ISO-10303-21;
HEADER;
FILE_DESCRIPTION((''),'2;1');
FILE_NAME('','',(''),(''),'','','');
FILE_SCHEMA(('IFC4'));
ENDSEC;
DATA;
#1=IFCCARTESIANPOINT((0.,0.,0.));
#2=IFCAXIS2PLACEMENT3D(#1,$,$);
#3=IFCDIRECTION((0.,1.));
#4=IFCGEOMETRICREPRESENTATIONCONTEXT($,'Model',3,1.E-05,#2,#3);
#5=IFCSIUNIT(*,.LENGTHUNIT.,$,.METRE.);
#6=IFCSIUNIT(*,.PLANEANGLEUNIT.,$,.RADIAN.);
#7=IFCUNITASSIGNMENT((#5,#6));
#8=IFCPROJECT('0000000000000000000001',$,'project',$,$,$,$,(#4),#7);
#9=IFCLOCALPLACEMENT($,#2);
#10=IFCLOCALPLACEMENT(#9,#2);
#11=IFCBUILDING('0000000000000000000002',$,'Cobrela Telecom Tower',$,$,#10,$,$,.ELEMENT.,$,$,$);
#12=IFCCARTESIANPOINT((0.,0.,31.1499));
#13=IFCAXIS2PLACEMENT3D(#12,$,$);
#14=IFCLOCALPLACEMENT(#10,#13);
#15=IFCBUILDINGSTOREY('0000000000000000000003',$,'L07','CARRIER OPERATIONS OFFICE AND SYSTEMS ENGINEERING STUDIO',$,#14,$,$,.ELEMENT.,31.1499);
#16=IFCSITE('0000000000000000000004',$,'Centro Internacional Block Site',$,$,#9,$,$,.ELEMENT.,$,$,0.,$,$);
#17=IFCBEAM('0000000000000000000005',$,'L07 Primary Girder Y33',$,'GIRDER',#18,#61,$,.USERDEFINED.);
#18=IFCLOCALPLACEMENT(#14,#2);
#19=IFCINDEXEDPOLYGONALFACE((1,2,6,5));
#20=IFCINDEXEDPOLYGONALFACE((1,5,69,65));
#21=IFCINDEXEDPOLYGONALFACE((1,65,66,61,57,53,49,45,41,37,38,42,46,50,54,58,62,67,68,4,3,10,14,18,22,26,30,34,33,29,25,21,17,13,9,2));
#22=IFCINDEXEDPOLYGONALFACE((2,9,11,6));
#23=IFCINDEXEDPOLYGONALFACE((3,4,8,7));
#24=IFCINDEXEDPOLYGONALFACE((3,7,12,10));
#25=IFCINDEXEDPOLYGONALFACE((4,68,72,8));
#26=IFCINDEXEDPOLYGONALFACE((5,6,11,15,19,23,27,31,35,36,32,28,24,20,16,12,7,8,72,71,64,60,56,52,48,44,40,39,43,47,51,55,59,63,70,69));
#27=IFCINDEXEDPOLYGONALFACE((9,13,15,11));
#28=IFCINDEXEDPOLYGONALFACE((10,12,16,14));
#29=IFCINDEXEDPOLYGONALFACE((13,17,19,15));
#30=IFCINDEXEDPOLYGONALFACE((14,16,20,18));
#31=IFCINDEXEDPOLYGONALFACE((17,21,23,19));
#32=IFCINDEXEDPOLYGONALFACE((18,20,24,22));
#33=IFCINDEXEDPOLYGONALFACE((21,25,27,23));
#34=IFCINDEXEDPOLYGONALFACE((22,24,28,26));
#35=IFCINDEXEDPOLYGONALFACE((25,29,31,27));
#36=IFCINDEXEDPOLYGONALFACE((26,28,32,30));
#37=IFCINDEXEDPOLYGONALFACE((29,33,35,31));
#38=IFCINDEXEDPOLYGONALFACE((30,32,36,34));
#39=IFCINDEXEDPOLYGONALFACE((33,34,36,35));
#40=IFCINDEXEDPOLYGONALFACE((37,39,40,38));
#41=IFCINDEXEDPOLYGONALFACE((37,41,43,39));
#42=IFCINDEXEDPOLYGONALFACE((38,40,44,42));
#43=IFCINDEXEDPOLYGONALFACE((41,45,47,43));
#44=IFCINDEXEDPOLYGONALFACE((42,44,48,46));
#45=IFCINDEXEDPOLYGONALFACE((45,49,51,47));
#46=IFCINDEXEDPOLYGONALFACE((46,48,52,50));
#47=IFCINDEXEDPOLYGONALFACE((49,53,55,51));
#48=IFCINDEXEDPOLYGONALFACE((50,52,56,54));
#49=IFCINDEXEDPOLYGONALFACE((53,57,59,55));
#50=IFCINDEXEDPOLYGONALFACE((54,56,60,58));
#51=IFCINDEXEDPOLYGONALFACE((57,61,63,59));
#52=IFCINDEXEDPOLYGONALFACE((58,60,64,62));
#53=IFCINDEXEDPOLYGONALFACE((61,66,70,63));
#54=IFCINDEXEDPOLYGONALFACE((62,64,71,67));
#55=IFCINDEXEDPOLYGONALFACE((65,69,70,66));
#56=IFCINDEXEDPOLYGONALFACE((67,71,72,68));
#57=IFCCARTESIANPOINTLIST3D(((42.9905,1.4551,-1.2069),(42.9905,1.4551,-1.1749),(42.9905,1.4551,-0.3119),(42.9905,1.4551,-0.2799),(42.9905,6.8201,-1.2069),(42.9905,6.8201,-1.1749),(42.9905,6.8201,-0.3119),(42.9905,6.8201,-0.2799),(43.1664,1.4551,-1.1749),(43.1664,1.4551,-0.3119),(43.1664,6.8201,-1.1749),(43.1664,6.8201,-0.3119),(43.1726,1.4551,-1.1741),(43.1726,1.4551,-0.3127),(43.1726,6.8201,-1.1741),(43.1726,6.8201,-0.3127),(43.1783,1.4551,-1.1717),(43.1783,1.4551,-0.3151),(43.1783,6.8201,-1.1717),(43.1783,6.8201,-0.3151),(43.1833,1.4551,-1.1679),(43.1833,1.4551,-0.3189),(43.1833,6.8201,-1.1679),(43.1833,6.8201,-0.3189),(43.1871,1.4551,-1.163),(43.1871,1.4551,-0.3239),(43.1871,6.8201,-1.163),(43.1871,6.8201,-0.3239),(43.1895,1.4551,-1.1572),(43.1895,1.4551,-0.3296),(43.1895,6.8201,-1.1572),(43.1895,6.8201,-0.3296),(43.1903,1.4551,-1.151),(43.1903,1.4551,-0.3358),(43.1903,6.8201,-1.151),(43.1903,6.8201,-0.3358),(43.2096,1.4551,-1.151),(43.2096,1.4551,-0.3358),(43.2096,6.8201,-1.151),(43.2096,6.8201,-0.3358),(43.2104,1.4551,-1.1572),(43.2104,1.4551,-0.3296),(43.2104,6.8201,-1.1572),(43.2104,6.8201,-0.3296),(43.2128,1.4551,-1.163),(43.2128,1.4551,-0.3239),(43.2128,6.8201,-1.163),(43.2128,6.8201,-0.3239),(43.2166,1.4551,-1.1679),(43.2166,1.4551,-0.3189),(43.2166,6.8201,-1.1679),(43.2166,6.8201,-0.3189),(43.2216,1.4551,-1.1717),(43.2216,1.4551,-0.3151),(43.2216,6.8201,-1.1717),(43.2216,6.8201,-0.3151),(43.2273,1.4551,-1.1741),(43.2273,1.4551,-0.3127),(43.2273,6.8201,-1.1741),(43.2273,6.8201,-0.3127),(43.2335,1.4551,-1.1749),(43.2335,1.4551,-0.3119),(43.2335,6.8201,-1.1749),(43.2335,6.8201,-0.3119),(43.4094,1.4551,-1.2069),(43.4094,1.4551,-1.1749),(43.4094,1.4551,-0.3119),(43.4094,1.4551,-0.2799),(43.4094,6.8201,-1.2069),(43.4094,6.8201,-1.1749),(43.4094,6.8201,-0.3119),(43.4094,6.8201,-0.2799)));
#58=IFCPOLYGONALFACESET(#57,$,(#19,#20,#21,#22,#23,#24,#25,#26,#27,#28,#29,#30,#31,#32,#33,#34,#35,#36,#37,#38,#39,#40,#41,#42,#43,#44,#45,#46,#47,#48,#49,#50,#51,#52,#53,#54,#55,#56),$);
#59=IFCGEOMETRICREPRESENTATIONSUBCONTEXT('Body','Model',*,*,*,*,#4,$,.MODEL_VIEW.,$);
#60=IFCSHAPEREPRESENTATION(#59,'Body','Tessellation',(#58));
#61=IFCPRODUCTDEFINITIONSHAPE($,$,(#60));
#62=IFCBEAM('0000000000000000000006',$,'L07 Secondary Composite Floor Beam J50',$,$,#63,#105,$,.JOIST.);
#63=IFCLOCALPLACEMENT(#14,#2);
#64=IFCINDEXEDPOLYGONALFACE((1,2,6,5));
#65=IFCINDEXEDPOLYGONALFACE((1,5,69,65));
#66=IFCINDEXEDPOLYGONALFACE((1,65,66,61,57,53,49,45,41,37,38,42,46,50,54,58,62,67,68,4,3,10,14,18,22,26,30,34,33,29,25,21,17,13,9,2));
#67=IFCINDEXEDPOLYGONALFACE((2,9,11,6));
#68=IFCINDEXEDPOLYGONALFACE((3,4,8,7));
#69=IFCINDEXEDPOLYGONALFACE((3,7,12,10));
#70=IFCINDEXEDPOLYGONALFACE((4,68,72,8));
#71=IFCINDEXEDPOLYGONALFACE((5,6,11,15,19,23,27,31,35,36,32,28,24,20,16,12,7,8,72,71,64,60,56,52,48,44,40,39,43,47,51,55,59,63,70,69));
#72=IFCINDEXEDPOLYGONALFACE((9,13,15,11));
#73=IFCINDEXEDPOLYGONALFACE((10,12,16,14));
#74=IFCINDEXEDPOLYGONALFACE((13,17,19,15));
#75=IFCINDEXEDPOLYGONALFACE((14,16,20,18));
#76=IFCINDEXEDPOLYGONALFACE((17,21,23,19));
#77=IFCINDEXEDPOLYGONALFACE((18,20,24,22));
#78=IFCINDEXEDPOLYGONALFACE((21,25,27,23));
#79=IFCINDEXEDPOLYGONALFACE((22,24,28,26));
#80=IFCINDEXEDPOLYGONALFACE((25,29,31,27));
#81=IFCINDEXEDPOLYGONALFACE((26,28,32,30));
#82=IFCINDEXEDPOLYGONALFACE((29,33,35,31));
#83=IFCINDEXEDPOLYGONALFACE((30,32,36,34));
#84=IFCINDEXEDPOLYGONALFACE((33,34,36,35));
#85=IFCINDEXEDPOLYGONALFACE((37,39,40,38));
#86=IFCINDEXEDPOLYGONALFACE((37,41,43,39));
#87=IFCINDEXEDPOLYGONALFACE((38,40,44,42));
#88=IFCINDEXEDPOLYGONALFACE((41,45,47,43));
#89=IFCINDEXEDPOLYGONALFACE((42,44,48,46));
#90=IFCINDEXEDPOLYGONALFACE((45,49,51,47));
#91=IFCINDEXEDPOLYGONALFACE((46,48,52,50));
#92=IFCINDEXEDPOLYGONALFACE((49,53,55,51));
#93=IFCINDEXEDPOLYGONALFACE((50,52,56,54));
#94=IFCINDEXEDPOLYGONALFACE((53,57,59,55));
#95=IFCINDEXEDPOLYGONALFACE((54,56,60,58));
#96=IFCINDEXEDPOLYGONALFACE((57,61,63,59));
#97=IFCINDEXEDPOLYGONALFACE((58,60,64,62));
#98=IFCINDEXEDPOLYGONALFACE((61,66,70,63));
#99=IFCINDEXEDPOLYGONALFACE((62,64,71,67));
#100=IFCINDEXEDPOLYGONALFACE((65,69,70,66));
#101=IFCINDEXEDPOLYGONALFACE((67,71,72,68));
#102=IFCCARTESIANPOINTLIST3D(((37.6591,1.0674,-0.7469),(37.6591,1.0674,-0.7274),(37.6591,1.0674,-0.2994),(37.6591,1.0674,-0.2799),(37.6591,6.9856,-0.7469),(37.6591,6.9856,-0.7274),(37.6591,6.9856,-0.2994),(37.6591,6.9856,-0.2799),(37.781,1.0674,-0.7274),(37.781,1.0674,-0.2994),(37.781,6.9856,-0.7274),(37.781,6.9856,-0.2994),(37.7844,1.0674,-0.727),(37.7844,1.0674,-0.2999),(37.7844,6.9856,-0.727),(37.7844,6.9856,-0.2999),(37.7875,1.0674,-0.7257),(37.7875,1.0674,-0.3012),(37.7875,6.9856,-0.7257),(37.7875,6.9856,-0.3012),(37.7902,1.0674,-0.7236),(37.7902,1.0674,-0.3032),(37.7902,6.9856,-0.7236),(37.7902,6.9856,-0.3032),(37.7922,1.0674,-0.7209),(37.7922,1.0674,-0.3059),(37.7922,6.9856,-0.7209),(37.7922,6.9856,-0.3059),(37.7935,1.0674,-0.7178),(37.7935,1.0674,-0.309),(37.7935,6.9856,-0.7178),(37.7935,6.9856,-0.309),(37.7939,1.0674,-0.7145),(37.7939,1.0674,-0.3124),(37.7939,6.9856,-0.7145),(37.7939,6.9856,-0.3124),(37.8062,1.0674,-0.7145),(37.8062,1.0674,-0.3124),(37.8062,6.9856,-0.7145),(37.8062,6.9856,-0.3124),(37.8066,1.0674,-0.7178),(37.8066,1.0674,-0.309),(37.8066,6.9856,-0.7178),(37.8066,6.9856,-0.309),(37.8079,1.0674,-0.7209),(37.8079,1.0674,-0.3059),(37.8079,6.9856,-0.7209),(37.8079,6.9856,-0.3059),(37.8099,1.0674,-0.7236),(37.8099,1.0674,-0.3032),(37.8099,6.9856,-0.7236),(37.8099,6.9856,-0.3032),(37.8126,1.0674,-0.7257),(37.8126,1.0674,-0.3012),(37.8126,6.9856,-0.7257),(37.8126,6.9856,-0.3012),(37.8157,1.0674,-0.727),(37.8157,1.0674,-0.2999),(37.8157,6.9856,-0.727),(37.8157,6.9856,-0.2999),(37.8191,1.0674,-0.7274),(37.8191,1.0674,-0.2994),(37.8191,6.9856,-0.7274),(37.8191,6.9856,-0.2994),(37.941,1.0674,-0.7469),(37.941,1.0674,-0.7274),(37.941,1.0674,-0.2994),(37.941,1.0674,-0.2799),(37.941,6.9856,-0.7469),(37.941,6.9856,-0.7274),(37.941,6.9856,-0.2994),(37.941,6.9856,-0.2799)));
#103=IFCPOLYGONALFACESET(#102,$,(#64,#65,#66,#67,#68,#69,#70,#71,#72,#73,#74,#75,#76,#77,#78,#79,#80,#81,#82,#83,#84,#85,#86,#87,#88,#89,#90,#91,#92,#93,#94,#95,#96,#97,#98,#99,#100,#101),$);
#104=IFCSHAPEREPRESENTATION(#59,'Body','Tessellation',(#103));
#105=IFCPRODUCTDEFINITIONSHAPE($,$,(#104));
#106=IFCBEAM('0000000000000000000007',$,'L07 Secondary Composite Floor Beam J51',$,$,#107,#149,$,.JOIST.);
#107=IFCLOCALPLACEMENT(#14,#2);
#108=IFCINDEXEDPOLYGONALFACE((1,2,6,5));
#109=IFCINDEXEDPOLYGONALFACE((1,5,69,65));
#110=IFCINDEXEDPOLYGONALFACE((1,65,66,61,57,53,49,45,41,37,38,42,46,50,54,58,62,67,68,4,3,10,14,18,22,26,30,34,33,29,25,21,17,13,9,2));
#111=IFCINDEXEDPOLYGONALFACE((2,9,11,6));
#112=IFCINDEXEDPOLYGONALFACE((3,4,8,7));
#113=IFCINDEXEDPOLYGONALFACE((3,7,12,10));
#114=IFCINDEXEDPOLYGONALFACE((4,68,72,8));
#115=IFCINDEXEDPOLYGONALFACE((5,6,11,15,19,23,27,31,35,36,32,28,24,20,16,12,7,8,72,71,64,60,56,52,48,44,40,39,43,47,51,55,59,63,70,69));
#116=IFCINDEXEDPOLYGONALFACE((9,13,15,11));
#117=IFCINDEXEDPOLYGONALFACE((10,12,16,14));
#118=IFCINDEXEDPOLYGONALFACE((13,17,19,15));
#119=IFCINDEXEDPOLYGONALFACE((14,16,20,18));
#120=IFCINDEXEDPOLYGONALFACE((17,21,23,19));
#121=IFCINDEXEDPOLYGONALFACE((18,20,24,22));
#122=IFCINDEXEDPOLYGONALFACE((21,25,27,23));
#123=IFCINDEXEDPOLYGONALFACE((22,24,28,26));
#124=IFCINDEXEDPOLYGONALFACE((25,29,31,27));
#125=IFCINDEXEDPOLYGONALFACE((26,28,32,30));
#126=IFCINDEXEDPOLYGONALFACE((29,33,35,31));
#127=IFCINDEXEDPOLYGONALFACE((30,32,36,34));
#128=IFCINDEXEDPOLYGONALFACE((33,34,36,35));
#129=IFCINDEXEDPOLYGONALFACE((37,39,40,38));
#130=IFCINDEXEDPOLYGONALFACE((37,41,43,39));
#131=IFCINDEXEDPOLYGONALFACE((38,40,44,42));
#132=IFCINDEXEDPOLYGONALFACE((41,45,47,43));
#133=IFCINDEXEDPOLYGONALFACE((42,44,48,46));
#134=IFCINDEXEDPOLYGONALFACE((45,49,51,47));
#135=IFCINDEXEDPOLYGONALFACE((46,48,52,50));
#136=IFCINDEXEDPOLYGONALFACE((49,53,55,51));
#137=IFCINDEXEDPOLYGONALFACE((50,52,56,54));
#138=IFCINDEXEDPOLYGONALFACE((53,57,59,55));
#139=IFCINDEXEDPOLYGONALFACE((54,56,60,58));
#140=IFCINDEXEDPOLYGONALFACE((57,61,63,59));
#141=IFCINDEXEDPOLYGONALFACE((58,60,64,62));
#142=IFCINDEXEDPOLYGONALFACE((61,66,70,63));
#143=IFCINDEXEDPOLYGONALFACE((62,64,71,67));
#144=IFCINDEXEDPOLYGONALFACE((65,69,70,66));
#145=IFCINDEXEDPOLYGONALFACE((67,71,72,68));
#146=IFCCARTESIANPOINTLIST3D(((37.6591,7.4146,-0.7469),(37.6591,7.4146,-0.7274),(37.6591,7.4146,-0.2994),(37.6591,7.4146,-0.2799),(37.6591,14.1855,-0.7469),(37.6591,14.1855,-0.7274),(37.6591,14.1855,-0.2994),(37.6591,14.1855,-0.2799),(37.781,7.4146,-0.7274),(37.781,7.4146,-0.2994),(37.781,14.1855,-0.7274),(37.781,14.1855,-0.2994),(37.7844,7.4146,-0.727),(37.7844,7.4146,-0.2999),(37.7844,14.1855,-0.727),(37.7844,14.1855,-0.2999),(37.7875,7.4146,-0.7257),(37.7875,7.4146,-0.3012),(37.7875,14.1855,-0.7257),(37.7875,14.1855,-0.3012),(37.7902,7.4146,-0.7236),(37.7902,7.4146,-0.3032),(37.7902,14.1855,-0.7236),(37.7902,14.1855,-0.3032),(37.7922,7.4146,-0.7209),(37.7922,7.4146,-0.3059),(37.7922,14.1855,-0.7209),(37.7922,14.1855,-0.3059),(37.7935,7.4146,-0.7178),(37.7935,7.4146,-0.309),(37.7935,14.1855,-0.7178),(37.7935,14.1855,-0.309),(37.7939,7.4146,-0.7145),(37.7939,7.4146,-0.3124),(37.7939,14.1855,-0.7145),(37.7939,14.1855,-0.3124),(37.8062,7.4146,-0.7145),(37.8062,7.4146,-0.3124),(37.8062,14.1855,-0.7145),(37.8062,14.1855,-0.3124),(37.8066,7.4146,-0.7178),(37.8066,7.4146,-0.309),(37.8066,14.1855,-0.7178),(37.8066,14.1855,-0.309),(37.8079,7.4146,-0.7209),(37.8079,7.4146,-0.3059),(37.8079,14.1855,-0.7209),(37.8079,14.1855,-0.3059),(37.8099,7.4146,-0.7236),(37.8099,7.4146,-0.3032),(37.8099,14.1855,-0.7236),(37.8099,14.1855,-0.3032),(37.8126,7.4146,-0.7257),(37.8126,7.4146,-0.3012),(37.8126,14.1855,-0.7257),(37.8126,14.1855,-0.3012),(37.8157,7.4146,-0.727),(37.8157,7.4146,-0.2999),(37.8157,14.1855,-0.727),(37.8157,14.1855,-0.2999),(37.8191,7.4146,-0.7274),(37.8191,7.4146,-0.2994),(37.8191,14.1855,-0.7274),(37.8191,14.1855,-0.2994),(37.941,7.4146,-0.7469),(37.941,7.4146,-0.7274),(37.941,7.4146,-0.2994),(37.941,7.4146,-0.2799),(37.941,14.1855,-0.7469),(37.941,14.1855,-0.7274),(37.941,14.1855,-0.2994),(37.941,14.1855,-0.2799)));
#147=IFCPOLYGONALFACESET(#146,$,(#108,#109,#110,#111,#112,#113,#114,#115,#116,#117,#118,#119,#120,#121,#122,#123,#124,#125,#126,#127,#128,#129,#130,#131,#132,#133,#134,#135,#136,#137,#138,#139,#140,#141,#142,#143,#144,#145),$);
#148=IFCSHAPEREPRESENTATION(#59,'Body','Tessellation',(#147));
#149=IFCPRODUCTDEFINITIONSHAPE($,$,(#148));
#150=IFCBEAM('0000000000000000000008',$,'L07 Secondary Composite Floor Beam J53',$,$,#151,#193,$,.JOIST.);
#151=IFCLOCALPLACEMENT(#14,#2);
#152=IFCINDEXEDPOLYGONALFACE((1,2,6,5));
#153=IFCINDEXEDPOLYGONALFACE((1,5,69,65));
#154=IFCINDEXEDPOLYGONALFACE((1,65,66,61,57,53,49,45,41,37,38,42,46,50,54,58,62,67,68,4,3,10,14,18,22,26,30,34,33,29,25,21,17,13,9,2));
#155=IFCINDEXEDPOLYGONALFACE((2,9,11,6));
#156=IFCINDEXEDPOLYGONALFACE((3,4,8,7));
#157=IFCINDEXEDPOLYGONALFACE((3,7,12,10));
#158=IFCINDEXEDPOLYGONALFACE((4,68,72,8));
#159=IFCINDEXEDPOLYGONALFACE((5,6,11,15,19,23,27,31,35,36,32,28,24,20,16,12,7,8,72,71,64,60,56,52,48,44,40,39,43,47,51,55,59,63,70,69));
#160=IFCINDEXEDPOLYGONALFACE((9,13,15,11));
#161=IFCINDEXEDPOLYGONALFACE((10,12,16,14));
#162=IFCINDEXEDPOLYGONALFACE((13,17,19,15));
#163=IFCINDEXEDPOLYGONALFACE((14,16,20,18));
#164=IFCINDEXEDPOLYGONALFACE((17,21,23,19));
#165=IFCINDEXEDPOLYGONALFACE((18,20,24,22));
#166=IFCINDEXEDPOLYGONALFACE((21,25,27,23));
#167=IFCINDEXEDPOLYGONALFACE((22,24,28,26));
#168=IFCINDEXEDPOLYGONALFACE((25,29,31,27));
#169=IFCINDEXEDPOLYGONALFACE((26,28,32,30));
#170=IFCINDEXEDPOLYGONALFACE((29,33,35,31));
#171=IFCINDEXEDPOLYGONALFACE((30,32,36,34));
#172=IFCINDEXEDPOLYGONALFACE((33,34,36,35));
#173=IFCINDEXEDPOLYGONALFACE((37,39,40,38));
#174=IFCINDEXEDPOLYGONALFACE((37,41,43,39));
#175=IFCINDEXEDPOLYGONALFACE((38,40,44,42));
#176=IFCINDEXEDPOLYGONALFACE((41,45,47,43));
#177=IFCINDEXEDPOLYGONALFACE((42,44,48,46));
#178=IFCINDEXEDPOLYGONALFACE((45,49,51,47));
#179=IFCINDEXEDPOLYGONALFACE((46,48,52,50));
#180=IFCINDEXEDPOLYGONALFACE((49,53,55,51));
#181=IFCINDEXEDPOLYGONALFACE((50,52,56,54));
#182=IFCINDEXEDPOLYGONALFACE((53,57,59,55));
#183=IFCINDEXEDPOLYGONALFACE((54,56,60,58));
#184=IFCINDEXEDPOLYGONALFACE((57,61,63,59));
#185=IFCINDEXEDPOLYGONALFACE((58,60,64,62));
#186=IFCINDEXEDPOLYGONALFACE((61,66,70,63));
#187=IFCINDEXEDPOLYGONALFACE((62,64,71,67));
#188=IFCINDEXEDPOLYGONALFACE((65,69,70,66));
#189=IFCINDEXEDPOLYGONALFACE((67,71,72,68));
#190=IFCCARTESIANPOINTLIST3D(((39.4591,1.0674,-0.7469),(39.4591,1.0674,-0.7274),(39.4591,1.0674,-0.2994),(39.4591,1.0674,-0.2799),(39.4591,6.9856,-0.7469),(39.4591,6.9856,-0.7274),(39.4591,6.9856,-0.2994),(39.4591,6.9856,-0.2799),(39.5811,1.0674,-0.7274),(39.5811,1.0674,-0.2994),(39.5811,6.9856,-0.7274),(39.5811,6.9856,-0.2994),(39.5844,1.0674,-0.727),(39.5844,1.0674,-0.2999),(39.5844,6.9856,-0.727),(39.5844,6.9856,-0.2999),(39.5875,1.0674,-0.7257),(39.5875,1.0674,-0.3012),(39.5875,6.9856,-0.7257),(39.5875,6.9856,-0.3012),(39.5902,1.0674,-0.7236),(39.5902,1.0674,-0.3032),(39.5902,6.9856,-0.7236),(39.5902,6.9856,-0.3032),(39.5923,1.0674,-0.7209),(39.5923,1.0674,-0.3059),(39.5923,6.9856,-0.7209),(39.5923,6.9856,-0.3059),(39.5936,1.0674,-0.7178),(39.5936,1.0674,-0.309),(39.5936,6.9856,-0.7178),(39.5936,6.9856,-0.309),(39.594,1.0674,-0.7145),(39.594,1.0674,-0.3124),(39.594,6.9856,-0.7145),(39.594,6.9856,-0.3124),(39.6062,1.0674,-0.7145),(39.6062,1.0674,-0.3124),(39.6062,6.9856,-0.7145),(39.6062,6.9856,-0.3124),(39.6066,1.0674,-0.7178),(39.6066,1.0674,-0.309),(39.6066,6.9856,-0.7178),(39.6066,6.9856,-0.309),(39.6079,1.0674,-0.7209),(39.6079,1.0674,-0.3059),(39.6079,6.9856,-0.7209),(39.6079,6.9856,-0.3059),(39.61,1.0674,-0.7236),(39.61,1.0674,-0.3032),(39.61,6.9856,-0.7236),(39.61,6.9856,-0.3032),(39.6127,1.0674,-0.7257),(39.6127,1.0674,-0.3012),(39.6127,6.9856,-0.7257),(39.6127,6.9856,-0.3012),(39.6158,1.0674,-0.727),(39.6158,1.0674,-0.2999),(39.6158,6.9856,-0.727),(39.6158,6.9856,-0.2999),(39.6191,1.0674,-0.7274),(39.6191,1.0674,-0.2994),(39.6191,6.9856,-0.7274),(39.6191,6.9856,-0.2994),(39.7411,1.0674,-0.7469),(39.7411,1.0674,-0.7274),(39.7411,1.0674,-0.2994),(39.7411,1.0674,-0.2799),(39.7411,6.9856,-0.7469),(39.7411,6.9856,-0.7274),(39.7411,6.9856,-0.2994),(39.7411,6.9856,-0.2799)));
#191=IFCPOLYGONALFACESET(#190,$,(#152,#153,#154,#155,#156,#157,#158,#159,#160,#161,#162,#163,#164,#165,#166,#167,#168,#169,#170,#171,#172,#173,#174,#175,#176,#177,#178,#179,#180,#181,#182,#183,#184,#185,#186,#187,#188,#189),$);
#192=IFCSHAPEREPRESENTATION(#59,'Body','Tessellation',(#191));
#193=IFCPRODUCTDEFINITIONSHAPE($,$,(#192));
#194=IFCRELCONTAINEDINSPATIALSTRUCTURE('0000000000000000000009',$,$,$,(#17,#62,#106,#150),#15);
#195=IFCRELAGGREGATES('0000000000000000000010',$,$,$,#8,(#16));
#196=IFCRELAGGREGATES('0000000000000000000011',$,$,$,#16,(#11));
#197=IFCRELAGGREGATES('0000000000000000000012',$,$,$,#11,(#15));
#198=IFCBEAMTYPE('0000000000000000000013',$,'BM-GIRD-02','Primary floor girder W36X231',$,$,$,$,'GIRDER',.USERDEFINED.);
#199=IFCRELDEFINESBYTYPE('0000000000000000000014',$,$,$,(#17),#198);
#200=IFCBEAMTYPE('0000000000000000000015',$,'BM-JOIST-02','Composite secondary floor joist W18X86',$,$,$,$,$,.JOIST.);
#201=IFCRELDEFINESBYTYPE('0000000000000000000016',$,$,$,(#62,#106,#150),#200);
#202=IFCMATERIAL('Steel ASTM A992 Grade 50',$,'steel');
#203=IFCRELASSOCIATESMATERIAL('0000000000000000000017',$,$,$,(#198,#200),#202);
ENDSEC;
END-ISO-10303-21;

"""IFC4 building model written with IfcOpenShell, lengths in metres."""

from ifc_helpers import new_model, si_unit, direction, frame, origin, origin_2d, place, context, subcontext, project, spatial, i_section, extrude, material, material_profile, profile_set, type_object, element, save


model = new_model("IFC4")

# Units and contexts
model_context = context("Model", 3, precision=1e-05, world=origin(), true_north=direction((0.0, 1.0)))
body_context = subcontext(model_context, "Body", "Model", "MODEL_VIEW")
ifc_project = project(units=[si_unit("LENGTHUNIT", "METRE"), si_unit("PLANEANGLEUNIT", "RADIAN")], contexts=[model_context])

# Site, building, storey
site_placement = place(None, origin())
site = spatial("IfcSite", under=ifc_project, at=site_placement, Name="Centro Internacional Block Site", CompositionType="ELEMENT", RefElevation=0.0)
building_placement = place(site_placement, origin())
building = spatial("IfcBuilding", under=site, at=building_placement, Name="Cobrela Telecom Tower", CompositionType="ELEMENT")
storey_placement = place(building_placement, frame((0.0, 0.0, 31.1499)))
storey = spatial("IfcBuildingStorey", under=building, at=storey_placement, Name="L07", Description="CARRIER OPERATIONS OFFICE AND SYSTEMS ENGINEERING STUDIO", CompositionType="ELEMENT", Elevation=31.1499)

# Shared definitions
ifc_material_1 = material(Name="Steel ASTM A992 Grade 50", Category="steel")

# Beams
ifc_material_profile_1 = material_profile(ifc_material_1, i_section(OverallWidth=0.4189, OverallDepth=0.927, WebThickness=0.0193, FlangeThickness=0.032, FilletRadius=0.0239, at=origin_2d()), Name="W36X231")
ifc_profile_set_1 = profile_set([ifc_material_profile_1], Name="Steel ASTM A992 Grade 50")
beam_type_1 = type_object("IfcBeamType", Name="BM-GIRD-02", Description="Primary floor girder W36X231", ElementType="GIRDER", PredefinedType="USERDEFINED", material=ifc_profile_set_1)
beam_1_placement = place(storey_placement, frame((43.2, 1.4551, -0.7434), z_axis=(0.0, 1.0, 0.0), x_axis=(-1.0, 0.0, 0.0)))
element("IfcBeam", 1, at=beam_1_placement, inside=storey, type_object=beam_type_1, Name="L07 Primary Girder Y33", ObjectType="GIRDER", PredefinedType="USERDEFINED", context=body_context, shape_type="SweptSolid", body=[
    extrude(i_section(OverallWidth=0.4189, OverallDepth=0.927, WebThickness=0.0193, FlangeThickness=0.032, FilletRadius=0.0239, at=origin_2d()), origin(), (0.0, 0.0, 1.0), 5.365),
])
ifc_material_profile_2 = material_profile(ifc_material_1, i_section(OverallWidth=0.282, OverallDepth=0.467, WebThickness=0.0122, FlangeThickness=0.0195, FilletRadius=0.0129, at=origin_2d()), Name="W18X86")
ifc_profile_set_2 = profile_set([ifc_material_profile_2], Name="Steel ASTM A992 Grade 50")
beam_type_2 = type_object("IfcBeamType", Name="BM-JOIST-02", Description="Composite secondary floor joist W18X86", PredefinedType="JOIST", material=ifc_profile_set_2)
beam_2_placement = place(storey_placement, frame((37.8, 1.0674, -0.5134), z_axis=(0.0, 1.0, 0.0), x_axis=(-1.0, 0.0, 0.0)))
element("IfcBeam", 2, at=beam_2_placement, inside=storey, type_object=beam_type_2, Name="L07 Secondary Composite Floor Beam J50", PredefinedType="JOIST", context=body_context, shape_type="SweptSolid", body=[
    extrude(i_section(OverallWidth=0.282, OverallDepth=0.467, WebThickness=0.0122, FlangeThickness=0.0195, FilletRadius=0.0129, at=origin_2d()), origin(), (0.0, 0.0, 1.0), 5.9182),
])
beam_3_placement = place(storey_placement, frame((37.8, 7.4146, -0.5134), z_axis=(0.0, 1.0, 0.0), x_axis=(-1.0, 0.0, 0.0)))
element("IfcBeam", 3, at=beam_3_placement, inside=storey, type_object=beam_type_2, Name="L07 Secondary Composite Floor Beam J51", PredefinedType="JOIST", context=body_context, shape_type="SweptSolid", body=[
    extrude(i_section(OverallWidth=0.282, OverallDepth=0.467, WebThickness=0.0122, FlangeThickness=0.0195, FilletRadius=0.0129, at=origin_2d()), origin(), (0.0, 0.0, 1.0), 6.771),
])
beam_4_placement = place(storey_placement, frame((39.6001, 1.0674, -0.5134), z_axis=(0.0, 1.0, 0.0), x_axis=(-1.0, 0.0, 0.0)))
element("IfcBeam", 4, at=beam_4_placement, inside=storey, type_object=beam_type_2, Name="L07 Secondary Composite Floor Beam J53", PredefinedType="JOIST", context=body_context, shape_type="SweptSolid", body=[
    extrude(i_section(OverallWidth=0.282, OverallDepth=0.467, WebThickness=0.0122, FlangeThickness=0.0195, FilletRadius=0.0129, at=origin_2d()), origin(), (0.0, 0.0, 1.0), 5.9182),
])

save(model, "model.ifc")
